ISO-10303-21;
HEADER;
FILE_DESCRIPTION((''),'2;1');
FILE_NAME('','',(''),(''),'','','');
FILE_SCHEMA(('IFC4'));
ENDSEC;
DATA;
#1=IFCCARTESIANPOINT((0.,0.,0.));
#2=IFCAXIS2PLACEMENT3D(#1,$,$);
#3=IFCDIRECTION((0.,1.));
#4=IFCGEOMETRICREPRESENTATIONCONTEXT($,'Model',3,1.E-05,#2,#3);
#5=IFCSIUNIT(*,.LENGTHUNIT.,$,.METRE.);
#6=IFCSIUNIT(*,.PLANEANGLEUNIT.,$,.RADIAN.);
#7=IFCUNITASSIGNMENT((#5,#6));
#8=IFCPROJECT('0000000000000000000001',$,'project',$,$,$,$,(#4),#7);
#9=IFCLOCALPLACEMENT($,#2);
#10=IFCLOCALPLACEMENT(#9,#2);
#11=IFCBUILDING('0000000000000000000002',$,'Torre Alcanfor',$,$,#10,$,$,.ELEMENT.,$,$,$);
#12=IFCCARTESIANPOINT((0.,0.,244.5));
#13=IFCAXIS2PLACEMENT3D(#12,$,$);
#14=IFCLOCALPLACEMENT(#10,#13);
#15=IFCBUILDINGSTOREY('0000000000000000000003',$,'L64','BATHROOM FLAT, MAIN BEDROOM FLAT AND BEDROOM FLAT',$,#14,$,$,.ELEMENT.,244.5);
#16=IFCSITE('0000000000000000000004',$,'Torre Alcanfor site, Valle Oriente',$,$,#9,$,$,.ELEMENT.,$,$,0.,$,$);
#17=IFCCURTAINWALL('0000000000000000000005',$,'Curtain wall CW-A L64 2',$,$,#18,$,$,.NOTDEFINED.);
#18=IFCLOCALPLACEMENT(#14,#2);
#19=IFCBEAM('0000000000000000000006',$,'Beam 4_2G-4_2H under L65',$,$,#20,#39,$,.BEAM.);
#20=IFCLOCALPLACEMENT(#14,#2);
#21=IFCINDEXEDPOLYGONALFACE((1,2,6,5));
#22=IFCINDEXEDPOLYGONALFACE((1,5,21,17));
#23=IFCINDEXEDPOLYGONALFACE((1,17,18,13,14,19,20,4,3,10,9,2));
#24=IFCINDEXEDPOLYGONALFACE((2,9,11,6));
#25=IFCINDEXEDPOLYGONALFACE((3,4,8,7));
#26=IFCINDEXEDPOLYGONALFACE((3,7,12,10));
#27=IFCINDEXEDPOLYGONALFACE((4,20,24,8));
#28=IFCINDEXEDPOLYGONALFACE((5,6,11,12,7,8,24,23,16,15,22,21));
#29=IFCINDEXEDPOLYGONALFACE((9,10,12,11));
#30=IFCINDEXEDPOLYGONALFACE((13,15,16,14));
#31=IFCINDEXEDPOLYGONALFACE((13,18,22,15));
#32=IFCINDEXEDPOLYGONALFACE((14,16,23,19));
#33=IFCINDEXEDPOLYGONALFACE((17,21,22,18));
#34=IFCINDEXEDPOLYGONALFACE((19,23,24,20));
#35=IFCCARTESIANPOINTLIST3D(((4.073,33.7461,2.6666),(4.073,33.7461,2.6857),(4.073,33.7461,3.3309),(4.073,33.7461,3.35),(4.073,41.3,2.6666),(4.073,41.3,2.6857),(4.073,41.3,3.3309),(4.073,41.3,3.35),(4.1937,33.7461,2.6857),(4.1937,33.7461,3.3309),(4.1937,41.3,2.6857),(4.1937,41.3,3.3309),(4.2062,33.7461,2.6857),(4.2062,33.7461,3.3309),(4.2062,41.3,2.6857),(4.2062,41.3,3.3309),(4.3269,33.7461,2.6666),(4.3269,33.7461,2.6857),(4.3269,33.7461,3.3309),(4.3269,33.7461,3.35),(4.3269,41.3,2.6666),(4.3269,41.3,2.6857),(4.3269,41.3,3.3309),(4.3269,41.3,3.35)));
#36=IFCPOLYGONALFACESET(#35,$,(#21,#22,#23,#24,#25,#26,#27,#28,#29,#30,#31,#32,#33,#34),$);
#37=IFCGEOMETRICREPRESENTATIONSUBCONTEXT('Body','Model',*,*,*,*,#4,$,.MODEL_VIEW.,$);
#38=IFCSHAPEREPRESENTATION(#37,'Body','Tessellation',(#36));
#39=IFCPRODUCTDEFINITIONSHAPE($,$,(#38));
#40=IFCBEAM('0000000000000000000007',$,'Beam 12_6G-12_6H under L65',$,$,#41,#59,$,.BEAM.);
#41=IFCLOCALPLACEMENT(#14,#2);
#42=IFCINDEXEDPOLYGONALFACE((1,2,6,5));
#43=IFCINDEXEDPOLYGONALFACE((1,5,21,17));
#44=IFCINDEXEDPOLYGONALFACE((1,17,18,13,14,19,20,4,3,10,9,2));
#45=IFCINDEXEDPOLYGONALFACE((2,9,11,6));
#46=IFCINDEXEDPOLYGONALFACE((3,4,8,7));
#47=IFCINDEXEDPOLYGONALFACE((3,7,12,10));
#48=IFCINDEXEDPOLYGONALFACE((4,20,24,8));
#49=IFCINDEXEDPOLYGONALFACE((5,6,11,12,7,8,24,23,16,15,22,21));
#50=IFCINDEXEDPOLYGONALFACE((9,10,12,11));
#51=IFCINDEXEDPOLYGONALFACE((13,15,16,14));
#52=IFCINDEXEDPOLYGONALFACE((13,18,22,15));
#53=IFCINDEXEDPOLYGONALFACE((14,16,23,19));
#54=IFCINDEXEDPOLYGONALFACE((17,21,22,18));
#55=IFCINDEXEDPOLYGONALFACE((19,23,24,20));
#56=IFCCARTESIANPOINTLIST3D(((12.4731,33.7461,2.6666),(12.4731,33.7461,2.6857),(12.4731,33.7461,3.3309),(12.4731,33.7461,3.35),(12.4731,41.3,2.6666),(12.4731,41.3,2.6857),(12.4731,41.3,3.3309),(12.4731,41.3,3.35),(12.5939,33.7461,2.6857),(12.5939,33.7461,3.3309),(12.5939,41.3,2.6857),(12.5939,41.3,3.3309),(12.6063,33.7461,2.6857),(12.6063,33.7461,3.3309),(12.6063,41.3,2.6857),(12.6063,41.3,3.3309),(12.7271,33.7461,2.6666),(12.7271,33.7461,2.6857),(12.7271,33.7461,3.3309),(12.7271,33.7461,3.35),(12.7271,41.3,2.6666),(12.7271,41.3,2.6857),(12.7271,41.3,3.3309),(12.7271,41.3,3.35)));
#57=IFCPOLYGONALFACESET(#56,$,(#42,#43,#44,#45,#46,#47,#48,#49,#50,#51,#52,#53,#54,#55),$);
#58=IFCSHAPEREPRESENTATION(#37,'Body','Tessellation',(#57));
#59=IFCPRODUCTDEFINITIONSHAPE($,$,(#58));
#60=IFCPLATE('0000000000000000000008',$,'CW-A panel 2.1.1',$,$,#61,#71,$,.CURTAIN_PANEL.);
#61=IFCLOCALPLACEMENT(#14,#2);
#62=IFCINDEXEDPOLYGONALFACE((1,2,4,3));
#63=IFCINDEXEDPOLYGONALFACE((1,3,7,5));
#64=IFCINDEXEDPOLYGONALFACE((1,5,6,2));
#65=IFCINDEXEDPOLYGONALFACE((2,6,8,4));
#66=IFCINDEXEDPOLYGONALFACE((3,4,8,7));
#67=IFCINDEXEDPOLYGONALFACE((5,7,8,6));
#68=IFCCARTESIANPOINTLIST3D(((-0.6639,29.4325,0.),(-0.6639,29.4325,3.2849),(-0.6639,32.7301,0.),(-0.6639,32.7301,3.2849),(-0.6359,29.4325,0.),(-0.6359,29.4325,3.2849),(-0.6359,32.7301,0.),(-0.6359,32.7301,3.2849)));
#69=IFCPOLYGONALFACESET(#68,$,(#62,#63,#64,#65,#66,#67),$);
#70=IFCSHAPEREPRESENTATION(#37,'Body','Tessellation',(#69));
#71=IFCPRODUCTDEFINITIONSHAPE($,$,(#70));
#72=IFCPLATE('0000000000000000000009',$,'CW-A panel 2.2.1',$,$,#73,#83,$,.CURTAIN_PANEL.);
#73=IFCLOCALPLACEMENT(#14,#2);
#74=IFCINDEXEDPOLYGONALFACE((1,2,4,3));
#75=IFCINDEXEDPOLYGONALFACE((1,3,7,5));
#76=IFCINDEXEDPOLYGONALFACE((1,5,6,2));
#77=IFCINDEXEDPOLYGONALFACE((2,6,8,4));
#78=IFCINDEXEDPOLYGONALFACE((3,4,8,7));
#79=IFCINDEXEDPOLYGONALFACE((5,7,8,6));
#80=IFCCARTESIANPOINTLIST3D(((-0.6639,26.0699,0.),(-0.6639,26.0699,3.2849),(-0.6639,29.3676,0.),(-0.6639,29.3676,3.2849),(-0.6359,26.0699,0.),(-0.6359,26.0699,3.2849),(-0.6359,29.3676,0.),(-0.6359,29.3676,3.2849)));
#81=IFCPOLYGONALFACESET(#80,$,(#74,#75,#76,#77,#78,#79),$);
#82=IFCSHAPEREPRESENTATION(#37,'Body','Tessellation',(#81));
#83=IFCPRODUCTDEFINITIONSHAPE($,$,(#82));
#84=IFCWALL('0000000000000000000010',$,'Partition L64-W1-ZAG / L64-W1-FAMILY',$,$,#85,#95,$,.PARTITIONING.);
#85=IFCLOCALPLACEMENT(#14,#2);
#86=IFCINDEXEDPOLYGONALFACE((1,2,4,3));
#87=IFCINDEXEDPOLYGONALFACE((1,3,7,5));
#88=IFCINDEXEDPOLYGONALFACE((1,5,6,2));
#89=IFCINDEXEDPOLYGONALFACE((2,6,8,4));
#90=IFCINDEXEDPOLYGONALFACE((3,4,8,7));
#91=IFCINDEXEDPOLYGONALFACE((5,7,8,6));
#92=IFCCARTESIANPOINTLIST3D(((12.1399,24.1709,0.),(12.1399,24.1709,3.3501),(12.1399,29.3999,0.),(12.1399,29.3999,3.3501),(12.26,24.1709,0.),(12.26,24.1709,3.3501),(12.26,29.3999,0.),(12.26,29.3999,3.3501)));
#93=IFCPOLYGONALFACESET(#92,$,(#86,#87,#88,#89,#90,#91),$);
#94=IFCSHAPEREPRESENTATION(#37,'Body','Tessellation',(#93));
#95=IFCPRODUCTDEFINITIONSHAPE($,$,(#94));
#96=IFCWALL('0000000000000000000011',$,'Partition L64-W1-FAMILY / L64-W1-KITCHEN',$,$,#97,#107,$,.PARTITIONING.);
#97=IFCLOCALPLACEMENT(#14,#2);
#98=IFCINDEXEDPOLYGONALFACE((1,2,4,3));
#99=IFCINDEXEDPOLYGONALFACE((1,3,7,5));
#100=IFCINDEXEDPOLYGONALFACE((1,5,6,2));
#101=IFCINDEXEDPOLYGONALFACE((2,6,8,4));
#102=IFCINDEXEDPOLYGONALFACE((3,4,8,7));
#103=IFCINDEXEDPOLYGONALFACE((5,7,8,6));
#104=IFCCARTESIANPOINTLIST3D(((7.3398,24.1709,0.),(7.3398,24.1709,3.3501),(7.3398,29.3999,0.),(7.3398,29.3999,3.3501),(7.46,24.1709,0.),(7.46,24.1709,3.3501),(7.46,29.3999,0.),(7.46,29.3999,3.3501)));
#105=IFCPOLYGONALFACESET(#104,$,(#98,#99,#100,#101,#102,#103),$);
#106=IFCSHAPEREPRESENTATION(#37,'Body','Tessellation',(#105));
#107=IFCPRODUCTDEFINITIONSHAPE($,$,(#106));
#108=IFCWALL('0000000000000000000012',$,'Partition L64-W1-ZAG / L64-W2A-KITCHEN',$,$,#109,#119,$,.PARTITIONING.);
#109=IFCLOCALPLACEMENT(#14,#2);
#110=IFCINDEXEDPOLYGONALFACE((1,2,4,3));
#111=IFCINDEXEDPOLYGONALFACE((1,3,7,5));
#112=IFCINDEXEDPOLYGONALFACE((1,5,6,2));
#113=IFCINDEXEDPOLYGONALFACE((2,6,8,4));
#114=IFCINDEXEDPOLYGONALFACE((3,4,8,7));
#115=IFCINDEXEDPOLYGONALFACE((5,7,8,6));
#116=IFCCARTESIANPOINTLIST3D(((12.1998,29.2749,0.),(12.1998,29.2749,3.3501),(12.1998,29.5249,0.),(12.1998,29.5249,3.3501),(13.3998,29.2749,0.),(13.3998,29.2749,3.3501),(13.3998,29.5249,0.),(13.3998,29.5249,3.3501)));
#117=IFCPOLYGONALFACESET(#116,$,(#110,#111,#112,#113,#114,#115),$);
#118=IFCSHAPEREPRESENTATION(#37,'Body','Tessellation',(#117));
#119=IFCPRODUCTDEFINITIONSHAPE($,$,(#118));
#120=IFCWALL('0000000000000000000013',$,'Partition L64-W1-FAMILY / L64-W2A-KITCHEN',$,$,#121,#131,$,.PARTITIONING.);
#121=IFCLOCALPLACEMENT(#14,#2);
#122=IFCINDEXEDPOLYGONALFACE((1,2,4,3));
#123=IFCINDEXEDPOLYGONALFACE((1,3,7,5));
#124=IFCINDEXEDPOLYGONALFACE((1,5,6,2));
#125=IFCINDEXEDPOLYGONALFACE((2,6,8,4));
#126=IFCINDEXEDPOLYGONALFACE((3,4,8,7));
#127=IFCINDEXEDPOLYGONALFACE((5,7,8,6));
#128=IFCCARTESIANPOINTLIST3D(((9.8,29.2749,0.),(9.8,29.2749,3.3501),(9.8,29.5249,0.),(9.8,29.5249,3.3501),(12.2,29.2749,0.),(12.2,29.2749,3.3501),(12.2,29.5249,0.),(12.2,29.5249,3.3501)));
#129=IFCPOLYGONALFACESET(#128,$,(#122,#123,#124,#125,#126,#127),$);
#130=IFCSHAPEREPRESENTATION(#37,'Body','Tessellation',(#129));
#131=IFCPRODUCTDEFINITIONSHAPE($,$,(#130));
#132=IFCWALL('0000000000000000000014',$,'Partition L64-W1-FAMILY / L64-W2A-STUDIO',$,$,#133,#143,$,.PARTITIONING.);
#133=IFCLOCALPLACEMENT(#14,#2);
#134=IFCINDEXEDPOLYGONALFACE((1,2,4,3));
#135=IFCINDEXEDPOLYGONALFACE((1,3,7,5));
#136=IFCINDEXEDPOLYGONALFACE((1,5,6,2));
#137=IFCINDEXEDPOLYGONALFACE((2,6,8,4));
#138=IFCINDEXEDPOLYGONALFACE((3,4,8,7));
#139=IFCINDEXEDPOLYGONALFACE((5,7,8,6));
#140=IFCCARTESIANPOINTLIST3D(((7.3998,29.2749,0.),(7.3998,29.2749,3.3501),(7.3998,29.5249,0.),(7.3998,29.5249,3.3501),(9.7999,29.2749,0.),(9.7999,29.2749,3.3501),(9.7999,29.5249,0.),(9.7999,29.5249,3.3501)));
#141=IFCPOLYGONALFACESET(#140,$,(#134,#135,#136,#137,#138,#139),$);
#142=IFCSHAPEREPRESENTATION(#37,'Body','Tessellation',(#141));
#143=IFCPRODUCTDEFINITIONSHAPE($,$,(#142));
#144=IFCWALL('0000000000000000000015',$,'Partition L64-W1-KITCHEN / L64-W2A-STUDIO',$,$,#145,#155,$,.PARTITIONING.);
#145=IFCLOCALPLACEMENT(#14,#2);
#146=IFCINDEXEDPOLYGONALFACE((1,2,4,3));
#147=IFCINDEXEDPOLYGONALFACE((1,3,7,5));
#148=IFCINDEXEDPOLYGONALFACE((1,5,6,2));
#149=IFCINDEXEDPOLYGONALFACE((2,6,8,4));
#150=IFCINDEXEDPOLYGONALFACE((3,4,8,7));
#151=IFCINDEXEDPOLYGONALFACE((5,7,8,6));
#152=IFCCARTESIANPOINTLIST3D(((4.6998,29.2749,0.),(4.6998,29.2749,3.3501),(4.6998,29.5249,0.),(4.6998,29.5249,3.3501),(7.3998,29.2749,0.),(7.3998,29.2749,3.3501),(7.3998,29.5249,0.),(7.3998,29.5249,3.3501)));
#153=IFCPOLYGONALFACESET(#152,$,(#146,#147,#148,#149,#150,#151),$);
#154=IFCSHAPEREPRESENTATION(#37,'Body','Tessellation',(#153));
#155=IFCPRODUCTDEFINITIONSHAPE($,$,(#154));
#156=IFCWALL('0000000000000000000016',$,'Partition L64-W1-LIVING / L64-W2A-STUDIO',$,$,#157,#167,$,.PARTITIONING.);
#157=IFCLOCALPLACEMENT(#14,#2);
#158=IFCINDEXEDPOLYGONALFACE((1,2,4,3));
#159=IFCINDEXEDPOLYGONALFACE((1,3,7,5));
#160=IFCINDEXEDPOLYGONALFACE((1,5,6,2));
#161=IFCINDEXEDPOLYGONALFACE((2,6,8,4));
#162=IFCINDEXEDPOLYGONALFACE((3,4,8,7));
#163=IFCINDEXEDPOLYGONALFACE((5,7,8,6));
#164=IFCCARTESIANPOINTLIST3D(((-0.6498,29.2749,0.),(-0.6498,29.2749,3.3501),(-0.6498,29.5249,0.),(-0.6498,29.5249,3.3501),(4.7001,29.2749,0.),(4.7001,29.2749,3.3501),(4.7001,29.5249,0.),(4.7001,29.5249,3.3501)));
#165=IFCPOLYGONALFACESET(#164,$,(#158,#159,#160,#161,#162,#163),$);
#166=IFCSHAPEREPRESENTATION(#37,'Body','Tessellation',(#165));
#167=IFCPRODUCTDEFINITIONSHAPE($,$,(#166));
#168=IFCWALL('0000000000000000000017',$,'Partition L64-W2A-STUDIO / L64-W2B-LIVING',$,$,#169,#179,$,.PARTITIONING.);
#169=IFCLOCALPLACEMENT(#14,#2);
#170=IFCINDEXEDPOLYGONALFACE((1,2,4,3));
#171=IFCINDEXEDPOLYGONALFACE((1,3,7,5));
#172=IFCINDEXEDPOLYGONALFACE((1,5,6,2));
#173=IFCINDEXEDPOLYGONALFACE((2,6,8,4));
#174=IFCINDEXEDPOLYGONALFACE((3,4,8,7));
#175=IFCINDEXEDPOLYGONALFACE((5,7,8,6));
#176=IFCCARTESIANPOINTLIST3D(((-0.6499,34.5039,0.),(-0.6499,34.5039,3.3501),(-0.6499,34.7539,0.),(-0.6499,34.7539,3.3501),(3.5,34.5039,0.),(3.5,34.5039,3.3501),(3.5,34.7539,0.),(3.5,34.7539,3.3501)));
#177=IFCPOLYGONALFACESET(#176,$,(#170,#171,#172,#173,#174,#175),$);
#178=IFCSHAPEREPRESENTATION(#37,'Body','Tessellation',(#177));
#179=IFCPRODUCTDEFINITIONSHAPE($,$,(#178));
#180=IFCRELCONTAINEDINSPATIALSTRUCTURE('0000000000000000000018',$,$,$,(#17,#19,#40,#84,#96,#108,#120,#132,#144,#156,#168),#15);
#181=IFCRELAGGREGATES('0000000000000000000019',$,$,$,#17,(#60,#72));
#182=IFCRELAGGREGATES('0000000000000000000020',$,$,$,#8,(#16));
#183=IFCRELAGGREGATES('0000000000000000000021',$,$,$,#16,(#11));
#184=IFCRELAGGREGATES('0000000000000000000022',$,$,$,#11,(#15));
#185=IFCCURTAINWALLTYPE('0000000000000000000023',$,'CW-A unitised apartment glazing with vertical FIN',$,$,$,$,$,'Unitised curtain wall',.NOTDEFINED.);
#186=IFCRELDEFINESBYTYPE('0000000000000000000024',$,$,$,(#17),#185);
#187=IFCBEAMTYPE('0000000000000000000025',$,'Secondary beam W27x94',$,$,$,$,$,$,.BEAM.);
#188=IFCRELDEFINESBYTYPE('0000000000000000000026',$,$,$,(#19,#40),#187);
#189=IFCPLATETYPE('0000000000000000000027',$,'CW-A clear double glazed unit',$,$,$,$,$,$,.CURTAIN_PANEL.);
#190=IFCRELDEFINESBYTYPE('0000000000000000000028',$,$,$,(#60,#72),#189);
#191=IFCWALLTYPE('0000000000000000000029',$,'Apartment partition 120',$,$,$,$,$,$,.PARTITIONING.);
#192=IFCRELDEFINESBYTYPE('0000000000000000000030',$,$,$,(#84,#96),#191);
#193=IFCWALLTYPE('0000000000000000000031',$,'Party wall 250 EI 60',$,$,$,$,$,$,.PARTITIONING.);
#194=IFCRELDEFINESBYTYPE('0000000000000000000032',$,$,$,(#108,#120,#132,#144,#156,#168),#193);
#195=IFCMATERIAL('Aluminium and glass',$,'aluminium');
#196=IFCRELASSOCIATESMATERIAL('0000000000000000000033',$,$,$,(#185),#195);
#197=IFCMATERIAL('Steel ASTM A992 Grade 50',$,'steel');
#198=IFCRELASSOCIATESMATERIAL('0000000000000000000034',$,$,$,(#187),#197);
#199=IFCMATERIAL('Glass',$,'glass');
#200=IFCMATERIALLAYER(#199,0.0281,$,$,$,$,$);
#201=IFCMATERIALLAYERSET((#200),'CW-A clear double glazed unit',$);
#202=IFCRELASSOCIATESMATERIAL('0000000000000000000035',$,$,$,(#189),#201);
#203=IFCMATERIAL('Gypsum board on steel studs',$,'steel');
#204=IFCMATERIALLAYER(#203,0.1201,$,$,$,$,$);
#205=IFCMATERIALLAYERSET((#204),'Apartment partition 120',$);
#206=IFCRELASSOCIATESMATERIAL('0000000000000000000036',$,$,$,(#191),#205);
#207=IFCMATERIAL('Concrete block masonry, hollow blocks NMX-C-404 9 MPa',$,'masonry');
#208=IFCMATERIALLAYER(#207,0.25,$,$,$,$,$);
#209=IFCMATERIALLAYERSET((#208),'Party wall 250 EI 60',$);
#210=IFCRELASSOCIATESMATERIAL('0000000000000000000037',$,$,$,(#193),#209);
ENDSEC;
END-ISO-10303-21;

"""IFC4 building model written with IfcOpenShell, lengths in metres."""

from ifc_helpers import new_model, si_unit, direction, frame, frame_2d, origin, origin_2d, place, context, subcontext, project, spatial, rectangle, i_section, extrude, material, layer, layer_set, material_profile, profile_set, type_object, element, aggregate, save


model = new_model("IFC4")

# Units and contexts
model_context = context("Model", 3, precision=1e-05, world=origin(), true_north=direction((0.0, 1.0)))
body_context = subcontext(model_context, "Body", "Model", "MODEL_VIEW")
ifc_project = project(units=[si_unit("LENGTHUNIT", "METRE"), si_unit("PLANEANGLEUNIT", "RADIAN")], contexts=[model_context])

# Site, building, storey
site_placement = place(None, origin())
site = spatial("IfcSite", under=ifc_project, at=site_placement, Name="Torre Alcanfor site, Valle Oriente", CompositionType="ELEMENT", RefElevation=0.0)
building_placement = place(site_placement, origin())
building = spatial("IfcBuilding", under=site, at=building_placement, Name="Torre Alcanfor", CompositionType="ELEMENT")
storey_placement = place(building_placement, frame((0.0, 0.0, 244.5)))
storey = spatial("IfcBuildingStorey", under=building, at=storey_placement, Name="L64", Description="BATHROOM FLAT, MAIN BEDROOM FLAT AND BEDROOM FLAT", CompositionType="ELEMENT", Elevation=244.5)

# Curtain wall
ifc_material_1 = material(Name="Aluminium and glass", Category="aluminium")
curtain_wall_type = type_object("IfcCurtainWallType", Name="CW-A unitised apartment glazing with vertical FIN", ElementType="Unitised curtain wall", PredefinedType="NOTDEFINED", material=ifc_material_1)
curtain_wall_placement = place(storey_placement, origin())
curtain_wall = element("IfcCurtainWall", 1, at=curtain_wall_placement, inside=storey, type_object=curtain_wall_type, Name="Curtain wall CW-A L64 2", PredefinedType="NOTDEFINED")

# Beams
ifc_material_2 = material(Name="Steel ASTM A992 Grade 50", Category="steel")
ifc_material_profile_1 = material_profile(ifc_material_2, i_section(OverallWidth=0.2539, OverallDepth=0.6833, WebThickness=0.0125, FlangeThickness=0.019, at=origin_2d()), Name="W27x94")
ifc_profile_set_1 = profile_set([ifc_material_profile_1], Name="Steel ASTM A992 Grade 50")
beam_type_1 = type_object("IfcBeamType", Name="Secondary beam W27x94", PredefinedType="BEAM", material=ifc_profile_set_1)
for number, where, z_axis, x_axis, name in (
    (2, (4.2, 33.7461, 3.0083), (0.0, 1.0, 0.0), (-1.0, 0.0, 0.0), "Beam 4_2G-4_2H under L65"),
    (3, (12.6001, 33.7461, 3.0083), (0.0, 1.0, 0.0), (-1.0, 0.0, 0.0), "Beam 12_6G-12_6H under L65"),
):
    element("IfcBeam", number, at=place(storey_placement, frame(where, z_axis=z_axis, x_axis=x_axis)), inside=storey, type_object=beam_type_1, Name=name, PredefinedType="BEAM", context=body_context, shape_type="SweptSolid", body=[
        extrude(i_section(OverallWidth=0.2539, OverallDepth=0.6833, WebThickness=0.0125, FlangeThickness=0.019, at=origin_2d()), origin(), (0.0, 0.0, 1.0), 7.554),
    ])

# Plates
ifc_material_3 = material(Name="Glass", Category="glass")
ifc_layer_1 = layer(ifc_material_3, 0.0281)
ifc_layer_set_1 = layer_set([ifc_layer_1], Name="CW-A clear double glazed unit")
plate_type = type_object("IfcPlateType", Name="CW-A clear double glazed unit", PredefinedType="CURTAIN_PANEL", material=ifc_layer_set_1)
plate_1_placement = place(storey_placement, frame((-0.6499, 31.0813, 0.0), z_axis=(0.0, 0.0, 1.0), x_axis=(0.0, -1.0, 0.0)))
plate_1 = element("IfcPlate", 4, at=plate_1_placement, type_object=plate_type, Name="CW-A panel 2.1.1", PredefinedType="CURTAIN_PANEL", context=body_context, shape_type="SweptSolid", body=[
    extrude(rectangle(XDim=3.2976, YDim=0.0281, at=origin_2d()), origin(), (0.0, 0.0, 1.0), 3.2849),
])
plate_2_placement = place(storey_placement, frame((-0.6499, 27.7188, 0.0), z_axis=(0.0, 0.0, 1.0), x_axis=(0.0, -1.0, 0.0)))
plate_2 = element("IfcPlate", 5, at=plate_2_placement, type_object=plate_type, Name="CW-A panel 2.2.1", PredefinedType="CURTAIN_PANEL", context=body_context, shape_type="SweptSolid", body=[
    extrude(rectangle(XDim=3.2976, YDim=0.0281, at=origin_2d()), origin(), (0.0, 0.0, 1.0), 3.2849),
])
aggregate(curtain_wall, [plate_1, plate_2])

# Walls
ifc_material_4 = material(Name="Gypsum board on steel studs", Category="steel")
ifc_layer_2 = layer(ifc_material_4, 0.1201)
ifc_layer_set_2 = layer_set([ifc_layer_2], Name="Apartment partition 120")
wall_type_1 = type_object("IfcWallType", Name="Apartment partition 120", PredefinedType="PARTITIONING", material=ifc_layer_set_2)
for number, where, z_axis, x_axis, name in (
    (6, (12.2, 29.3999, 0.0), (0.0, 0.0, 1.0), (0.0, -1.0, 0.0), "Partition L64-W1-ZAG / L64-W1-FAMILY"),
    (7, (7.3999, 29.3999, 0.0), (0.0, 0.0, 1.0), (0.0, -1.0, 0.0), "Partition L64-W1-FAMILY / L64-W1-KITCHEN"),
):
    element("IfcWall", number, at=place(storey_placement, frame(where, z_axis=z_axis, x_axis=x_axis)), inside=storey, type_object=wall_type_1, Name=name, PredefinedType="PARTITIONING", context=body_context, shape_type="SweptSolid", body=[
        extrude(rectangle(XDim=5.229, YDim=0.1201, at=frame_2d((2.6145, 0.0))), origin(), (0.0, 0.0, 1.0), 3.3501),
    ])
ifc_material_5 = material(Name="Concrete block masonry, hollow blocks NMX-C-404 9 MPa", Category="masonry")
ifc_layer_3 = layer(ifc_material_5, 0.25)
ifc_layer_set_3 = layer_set([ifc_layer_3], Name="Party wall 250 EI 60")
wall_type_2 = type_object("IfcWallType", Name="Party wall 250 EI 60", PredefinedType="PARTITIONING", material=ifc_layer_set_3)
wall_1_placement = place(storey_placement, frame((13.3999, 29.3999, 0.0), z_axis=(0.0, 0.0, 1.0), x_axis=(-1.0, 0.0, 0.0)))
element("IfcWall", 8, at=wall_1_placement, inside=storey, type_object=wall_type_2, Name="Partition L64-W1-ZAG / L64-W2A-KITCHEN", PredefinedType="PARTITIONING", context=body_context, shape_type="SweptSolid", body=[
    extrude(rectangle(XDim=1.2, YDim=0.25, at=frame_2d((0.6001, 0.0))), origin(), (0.0, 0.0, 1.0), 3.3501),
])
wall_2_placement = place(storey_placement, frame((12.2, 29.3999, 0.0), z_axis=(0.0, 0.0, 1.0), x_axis=(-1.0, 0.0, 0.0)))
element("IfcWall", 9, at=wall_2_placement, inside=storey, type_object=wall_type_2, Name="Partition L64-W1-FAMILY / L64-W2A-KITCHEN", PredefinedType="PARTITIONING", context=body_context, shape_type="SweptSolid", body=[
    extrude(rectangle(XDim=2.3999, YDim=0.25, at=frame_2d((1.2, 0.0))), origin(), (0.0, 0.0, 1.0), 3.3501),
])
wall_3_placement = place(storey_placement, frame((9.8, 29.3999, 0.0), z_axis=(0.0, 0.0, 1.0), x_axis=(-1.0, 0.0, 0.0)))
element("IfcWall", 10, at=wall_3_placement, inside=storey, type_object=wall_type_2, Name="Partition L64-W1-FAMILY / L64-W2A-STUDIO", PredefinedType="PARTITIONING", context=body_context, shape_type="SweptSolid", body=[
    extrude(rectangle(XDim=2.4001, YDim=0.25, at=frame_2d((1.2002, 0.0))), origin(), (0.0, 0.0, 1.0), 3.3501),
])
wall_4_placement = place(storey_placement, frame((7.3999, 29.3999, 0.0), z_axis=(0.0, 0.0, 1.0), x_axis=(-1.0, 0.0, 0.0)))
element("IfcWall", 11, at=wall_4_placement, inside=storey, type_object=wall_type_2, Name="Partition L64-W1-KITCHEN / L64-W2A-STUDIO", PredefinedType="PARTITIONING", context=body_context, shape_type="SweptSolid", body=[
    extrude(rectangle(XDim=2.7, YDim=0.25, at=frame_2d((1.3501, 0.0))), origin(), (0.0, 0.0, 1.0), 3.3501),
])
wall_5_placement = place(storey_placement, frame((4.7, 29.3999, 0.0), z_axis=(0.0, 0.0, 1.0), x_axis=(-1.0, 0.0, 0.0)))
element("IfcWall", 12, at=wall_5_placement, inside=storey, type_object=wall_type_2, Name="Partition L64-W1-LIVING / L64-W2A-STUDIO", PredefinedType="PARTITIONING", context=body_context, shape_type="SweptSolid", body=[
    extrude(rectangle(XDim=5.3499, YDim=0.25, at=frame_2d((2.6748, 0.0))), origin(), (0.0, 0.0, 1.0), 3.3501),
])
wall_6_placement = place(storey_placement, frame((-0.6499, 34.6289, 0.0), z_axis=(0.0, 0.0, 1.0), x_axis=(1.0, 0.0, 0.0)))
element("IfcWall", 13, at=wall_6_placement, inside=storey, type_object=wall_type_2, Name="Partition L64-W2A-STUDIO / L64-W2B-LIVING", PredefinedType="PARTITIONING", context=body_context, shape_type="SweptSolid", body=[
    extrude(rectangle(XDim=4.1499, YDim=0.25, at=frame_2d((2.075, 0.0))), origin(), (0.0, 0.0, 1.0), 3.3501),
])

save(model, "model.ifc")
